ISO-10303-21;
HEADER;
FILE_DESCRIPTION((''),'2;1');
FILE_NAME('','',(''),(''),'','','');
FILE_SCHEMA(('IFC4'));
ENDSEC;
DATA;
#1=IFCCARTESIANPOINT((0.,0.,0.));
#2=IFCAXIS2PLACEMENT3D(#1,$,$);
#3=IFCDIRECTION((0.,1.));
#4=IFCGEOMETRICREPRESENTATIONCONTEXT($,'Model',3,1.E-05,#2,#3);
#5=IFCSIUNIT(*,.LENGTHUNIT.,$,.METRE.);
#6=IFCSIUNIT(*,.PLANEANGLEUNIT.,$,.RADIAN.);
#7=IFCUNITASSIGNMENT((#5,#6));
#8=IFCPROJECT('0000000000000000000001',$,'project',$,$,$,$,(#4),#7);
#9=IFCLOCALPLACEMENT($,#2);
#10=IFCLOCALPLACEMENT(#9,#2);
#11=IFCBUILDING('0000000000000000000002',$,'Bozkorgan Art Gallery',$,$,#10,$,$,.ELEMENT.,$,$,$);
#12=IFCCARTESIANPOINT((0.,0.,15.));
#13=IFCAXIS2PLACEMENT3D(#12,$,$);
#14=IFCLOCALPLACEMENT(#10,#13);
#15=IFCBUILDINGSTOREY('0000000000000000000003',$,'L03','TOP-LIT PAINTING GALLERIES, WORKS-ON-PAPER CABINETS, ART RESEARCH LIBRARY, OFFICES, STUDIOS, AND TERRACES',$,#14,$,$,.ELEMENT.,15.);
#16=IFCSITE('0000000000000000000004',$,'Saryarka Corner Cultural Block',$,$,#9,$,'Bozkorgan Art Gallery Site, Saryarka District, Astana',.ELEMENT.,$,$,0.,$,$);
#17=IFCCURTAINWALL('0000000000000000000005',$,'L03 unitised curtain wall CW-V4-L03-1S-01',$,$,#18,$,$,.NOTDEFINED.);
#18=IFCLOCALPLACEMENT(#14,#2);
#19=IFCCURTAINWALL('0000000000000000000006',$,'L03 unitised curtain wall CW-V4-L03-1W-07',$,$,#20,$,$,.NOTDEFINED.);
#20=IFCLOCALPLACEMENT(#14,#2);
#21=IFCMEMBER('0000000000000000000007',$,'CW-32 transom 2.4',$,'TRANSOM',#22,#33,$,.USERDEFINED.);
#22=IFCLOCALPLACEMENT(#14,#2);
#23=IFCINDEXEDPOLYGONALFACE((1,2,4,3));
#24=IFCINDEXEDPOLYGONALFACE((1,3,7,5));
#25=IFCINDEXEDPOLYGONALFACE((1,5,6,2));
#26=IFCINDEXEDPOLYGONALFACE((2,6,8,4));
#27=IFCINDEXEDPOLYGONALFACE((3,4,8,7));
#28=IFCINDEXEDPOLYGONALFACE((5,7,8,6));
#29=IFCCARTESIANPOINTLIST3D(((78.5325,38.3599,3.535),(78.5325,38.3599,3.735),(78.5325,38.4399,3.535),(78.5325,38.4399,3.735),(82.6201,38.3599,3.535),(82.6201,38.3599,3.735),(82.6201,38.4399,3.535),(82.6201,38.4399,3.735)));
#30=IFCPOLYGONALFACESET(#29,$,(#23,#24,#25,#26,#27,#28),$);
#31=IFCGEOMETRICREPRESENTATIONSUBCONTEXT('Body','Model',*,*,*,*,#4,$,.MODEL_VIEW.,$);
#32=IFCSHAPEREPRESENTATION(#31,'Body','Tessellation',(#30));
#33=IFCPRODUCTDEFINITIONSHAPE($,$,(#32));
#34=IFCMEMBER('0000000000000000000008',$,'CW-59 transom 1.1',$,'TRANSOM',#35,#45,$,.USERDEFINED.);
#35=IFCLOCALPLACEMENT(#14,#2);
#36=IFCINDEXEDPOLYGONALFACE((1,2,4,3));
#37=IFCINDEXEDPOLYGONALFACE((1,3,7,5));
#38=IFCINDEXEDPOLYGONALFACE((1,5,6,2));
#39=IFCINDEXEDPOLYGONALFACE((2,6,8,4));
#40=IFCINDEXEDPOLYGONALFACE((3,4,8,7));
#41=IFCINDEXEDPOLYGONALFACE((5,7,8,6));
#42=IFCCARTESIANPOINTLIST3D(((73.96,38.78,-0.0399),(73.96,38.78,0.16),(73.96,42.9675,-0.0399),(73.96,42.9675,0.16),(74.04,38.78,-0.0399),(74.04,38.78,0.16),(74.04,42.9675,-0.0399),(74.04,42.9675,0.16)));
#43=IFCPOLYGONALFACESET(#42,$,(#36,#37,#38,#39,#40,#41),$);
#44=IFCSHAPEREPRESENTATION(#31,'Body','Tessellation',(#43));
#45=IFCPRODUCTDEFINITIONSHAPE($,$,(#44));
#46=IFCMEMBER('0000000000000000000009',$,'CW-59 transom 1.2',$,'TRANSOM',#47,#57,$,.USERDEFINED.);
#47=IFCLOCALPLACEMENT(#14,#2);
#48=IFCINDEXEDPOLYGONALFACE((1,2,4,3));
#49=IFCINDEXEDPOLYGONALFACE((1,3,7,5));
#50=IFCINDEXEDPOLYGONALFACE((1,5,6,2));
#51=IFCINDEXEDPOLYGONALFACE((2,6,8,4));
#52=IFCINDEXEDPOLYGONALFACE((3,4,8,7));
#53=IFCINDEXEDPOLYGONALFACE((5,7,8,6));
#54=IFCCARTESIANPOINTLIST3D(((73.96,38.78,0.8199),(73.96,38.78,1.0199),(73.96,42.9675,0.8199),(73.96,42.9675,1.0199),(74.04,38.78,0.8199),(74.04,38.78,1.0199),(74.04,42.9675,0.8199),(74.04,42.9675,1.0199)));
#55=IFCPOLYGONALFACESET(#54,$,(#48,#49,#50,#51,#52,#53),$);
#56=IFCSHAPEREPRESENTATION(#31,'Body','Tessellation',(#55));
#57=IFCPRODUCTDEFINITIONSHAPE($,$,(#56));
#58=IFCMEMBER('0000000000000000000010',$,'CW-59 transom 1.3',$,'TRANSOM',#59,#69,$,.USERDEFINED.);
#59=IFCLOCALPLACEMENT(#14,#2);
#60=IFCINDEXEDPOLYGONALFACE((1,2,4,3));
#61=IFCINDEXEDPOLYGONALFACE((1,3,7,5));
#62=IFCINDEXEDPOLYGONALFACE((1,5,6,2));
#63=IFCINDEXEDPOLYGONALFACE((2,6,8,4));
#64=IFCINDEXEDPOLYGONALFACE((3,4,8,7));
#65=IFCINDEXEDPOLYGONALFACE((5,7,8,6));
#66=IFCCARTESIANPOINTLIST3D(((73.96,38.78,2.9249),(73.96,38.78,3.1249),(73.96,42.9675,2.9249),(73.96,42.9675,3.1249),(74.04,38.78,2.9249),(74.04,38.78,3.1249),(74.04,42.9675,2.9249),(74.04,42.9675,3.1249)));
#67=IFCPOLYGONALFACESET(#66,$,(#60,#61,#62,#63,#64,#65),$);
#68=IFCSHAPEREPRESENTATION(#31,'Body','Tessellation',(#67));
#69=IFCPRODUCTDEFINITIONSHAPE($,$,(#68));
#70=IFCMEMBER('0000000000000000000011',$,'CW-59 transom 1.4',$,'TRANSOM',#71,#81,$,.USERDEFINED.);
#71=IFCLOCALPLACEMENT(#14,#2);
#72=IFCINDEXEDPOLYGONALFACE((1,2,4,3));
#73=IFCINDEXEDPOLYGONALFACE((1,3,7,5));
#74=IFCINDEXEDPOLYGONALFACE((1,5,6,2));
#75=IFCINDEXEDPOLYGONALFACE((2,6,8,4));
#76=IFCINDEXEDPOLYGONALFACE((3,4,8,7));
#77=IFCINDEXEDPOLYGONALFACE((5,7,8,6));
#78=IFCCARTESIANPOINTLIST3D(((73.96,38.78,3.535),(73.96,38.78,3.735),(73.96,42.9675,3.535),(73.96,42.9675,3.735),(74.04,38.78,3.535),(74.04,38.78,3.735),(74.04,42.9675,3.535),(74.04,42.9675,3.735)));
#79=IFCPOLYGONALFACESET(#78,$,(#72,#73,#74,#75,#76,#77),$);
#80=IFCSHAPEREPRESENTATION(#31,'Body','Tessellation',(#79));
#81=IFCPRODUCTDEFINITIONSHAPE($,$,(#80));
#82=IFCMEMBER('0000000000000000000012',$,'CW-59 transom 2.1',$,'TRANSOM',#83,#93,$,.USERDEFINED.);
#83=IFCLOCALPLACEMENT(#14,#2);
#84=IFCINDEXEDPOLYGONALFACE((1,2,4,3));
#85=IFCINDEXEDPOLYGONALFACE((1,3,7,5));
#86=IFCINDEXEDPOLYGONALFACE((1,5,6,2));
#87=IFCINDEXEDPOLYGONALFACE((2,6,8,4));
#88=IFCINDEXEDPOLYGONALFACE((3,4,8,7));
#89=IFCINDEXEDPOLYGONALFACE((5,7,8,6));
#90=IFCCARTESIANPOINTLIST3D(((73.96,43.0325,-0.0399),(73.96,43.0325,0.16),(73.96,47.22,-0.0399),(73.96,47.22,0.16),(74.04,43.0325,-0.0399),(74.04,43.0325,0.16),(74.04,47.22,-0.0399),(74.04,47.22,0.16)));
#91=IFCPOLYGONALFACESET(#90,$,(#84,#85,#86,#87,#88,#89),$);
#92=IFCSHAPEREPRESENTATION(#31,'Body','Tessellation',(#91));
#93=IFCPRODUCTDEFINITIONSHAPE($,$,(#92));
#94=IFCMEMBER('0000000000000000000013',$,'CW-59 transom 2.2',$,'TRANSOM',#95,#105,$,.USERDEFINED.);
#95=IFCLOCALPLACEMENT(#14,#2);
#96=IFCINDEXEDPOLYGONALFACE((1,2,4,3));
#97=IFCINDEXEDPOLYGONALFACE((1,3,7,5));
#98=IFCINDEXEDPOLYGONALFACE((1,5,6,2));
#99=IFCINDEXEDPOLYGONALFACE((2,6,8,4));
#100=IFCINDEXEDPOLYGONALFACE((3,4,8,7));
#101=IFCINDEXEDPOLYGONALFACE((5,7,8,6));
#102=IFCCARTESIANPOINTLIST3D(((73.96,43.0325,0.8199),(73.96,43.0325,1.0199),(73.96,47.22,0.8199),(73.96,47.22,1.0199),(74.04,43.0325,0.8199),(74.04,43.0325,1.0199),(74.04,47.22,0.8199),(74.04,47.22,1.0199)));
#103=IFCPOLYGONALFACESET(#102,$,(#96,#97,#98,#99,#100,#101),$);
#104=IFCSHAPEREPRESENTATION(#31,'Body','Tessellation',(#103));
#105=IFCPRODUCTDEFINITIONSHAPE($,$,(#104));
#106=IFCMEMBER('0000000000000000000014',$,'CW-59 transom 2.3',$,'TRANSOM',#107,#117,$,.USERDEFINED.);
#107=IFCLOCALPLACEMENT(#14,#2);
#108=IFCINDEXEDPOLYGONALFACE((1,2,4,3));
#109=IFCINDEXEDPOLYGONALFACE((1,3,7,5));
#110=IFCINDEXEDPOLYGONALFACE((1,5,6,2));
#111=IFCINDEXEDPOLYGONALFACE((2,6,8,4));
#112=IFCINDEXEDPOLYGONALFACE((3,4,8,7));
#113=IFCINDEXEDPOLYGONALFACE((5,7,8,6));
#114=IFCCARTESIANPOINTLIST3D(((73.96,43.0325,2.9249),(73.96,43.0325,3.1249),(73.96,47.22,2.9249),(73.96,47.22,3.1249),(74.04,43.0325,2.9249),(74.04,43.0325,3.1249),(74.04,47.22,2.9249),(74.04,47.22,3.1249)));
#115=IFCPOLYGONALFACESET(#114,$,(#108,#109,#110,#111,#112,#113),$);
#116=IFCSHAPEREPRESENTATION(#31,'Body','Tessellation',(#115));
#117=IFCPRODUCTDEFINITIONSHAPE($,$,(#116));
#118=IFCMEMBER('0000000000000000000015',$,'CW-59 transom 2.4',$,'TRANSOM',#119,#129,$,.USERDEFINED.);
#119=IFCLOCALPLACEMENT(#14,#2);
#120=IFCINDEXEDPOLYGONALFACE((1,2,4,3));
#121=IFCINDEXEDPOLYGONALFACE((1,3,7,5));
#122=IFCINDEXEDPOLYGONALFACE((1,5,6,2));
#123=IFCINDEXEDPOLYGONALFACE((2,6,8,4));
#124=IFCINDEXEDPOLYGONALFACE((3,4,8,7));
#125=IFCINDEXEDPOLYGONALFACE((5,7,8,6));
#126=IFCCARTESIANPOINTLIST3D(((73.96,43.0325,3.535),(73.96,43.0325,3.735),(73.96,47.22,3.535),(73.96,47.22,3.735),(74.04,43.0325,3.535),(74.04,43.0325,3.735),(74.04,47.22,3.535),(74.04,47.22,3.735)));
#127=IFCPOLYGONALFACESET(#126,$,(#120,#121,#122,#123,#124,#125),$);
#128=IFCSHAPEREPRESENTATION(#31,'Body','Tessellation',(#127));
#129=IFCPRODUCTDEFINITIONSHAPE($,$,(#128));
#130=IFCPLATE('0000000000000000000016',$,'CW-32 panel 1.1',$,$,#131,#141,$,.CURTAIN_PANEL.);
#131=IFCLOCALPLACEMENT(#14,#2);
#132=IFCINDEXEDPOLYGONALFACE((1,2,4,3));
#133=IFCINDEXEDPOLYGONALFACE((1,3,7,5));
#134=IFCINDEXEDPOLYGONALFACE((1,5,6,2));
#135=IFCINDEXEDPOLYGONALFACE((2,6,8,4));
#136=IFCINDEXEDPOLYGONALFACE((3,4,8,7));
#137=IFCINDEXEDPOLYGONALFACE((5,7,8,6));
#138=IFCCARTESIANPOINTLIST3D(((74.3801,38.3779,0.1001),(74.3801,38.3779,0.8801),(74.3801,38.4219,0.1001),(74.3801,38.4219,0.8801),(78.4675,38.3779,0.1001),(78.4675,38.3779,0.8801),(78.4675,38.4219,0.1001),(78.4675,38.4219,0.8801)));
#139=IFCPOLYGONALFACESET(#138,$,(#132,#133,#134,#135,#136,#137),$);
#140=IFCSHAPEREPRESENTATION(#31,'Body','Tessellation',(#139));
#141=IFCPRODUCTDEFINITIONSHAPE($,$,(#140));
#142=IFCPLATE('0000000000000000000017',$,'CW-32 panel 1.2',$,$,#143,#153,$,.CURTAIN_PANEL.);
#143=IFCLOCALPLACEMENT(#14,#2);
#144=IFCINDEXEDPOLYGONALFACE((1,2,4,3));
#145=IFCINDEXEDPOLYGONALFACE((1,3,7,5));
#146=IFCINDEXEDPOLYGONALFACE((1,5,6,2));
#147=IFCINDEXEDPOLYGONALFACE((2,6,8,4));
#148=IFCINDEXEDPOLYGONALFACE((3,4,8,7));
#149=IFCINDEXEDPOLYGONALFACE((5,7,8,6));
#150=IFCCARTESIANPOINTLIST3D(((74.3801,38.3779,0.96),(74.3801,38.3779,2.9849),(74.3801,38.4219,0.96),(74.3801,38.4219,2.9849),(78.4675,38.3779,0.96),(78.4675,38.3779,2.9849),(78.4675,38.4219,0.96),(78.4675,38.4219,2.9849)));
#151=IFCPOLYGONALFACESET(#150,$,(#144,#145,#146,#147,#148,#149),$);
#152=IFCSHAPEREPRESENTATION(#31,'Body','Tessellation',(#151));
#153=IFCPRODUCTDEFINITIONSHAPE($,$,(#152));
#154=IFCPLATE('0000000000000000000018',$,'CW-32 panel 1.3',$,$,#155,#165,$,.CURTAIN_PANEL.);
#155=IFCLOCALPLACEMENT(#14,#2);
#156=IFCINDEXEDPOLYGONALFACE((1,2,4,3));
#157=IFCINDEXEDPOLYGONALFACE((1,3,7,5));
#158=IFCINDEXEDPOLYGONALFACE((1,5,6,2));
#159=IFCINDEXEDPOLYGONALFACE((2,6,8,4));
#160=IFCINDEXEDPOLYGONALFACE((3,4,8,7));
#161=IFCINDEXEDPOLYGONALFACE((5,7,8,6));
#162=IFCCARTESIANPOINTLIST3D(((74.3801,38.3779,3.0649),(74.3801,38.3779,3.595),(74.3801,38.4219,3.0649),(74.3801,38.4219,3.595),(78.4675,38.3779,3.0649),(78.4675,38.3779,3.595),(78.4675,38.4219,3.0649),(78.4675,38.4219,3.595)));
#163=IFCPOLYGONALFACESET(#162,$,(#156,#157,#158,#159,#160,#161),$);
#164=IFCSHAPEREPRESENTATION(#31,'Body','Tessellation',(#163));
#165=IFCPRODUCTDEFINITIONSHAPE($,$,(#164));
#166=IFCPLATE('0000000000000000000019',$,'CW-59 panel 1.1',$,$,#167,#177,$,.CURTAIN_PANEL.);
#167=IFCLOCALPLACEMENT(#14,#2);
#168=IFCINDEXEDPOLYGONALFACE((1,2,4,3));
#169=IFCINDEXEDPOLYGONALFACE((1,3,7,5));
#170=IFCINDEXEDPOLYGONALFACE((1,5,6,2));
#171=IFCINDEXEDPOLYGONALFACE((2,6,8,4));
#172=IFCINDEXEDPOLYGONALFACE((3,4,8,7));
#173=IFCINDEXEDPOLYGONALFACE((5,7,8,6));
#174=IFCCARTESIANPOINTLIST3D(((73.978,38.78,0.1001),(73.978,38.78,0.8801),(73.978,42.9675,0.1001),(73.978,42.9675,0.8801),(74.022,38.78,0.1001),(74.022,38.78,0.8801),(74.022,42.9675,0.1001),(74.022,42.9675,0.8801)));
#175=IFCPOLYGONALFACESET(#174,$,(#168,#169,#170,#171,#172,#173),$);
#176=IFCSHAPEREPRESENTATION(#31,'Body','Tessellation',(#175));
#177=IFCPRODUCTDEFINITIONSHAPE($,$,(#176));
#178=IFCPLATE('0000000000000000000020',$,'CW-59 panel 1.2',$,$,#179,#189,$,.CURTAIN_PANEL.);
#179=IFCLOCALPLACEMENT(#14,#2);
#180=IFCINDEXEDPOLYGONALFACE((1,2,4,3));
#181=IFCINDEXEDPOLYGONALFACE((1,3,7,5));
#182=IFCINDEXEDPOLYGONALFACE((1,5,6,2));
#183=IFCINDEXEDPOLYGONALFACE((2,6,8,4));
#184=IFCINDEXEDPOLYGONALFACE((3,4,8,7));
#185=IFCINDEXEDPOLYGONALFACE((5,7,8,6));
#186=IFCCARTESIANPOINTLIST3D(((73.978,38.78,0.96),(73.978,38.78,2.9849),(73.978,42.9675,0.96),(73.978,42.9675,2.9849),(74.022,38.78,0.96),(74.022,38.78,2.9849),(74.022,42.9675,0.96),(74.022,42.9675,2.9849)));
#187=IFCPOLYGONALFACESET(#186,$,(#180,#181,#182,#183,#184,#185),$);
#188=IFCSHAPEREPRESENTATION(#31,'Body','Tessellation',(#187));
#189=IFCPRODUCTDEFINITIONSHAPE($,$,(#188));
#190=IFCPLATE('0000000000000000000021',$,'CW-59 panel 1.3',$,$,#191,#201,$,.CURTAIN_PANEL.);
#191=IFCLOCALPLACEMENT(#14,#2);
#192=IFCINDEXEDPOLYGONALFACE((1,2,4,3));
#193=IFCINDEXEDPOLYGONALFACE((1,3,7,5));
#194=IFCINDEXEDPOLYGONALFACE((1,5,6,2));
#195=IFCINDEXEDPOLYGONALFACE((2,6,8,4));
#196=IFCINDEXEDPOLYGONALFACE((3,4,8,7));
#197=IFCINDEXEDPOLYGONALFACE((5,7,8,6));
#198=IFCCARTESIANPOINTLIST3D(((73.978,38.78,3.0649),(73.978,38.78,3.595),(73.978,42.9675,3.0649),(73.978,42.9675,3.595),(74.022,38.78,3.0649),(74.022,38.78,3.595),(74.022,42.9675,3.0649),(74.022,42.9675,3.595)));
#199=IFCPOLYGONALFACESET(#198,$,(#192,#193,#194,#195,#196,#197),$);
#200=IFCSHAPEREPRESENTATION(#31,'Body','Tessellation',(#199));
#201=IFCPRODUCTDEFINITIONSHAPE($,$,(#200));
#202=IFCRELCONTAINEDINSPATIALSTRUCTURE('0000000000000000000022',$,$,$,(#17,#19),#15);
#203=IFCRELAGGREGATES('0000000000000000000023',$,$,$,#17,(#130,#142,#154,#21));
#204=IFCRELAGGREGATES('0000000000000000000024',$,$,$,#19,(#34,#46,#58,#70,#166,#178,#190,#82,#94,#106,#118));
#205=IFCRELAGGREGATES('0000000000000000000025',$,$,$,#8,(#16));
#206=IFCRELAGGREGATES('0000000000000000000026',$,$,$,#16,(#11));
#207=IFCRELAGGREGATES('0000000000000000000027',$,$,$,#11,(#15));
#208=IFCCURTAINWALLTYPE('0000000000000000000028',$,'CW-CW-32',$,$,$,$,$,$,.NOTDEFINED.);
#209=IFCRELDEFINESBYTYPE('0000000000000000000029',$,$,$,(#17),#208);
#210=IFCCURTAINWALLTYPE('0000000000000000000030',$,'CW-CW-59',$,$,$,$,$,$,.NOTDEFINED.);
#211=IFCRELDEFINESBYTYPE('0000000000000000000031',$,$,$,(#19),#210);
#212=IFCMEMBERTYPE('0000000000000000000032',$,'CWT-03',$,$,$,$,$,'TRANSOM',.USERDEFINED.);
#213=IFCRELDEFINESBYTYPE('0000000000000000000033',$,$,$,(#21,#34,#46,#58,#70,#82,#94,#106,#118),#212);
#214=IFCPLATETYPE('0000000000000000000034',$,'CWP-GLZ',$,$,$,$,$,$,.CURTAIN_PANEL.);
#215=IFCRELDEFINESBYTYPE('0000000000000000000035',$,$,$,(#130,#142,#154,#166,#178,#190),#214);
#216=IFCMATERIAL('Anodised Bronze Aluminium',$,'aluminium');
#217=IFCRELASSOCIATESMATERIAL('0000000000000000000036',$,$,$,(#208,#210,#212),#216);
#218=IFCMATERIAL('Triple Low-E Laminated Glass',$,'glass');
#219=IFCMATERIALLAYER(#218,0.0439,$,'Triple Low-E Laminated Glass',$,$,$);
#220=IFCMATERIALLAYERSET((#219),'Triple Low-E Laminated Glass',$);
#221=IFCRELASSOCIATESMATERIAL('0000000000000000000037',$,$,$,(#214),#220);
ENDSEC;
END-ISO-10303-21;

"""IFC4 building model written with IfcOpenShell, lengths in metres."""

from ifc_helpers import new_model, si_unit, direction, frame, origin, origin_2d, place, context, subcontext, project, spatial, rectangle, extrude, material, layer, layer_set, material_profile, profile_set, type_object, element, aggregate, save


model = new_model("IFC4")

# Units and contexts
model_context = context("Model", 3, precision=1e-05, world=origin(), true_north=direction((0.0, 1.0)))
body_context = subcontext(model_context, "Body", "Model", "MODEL_VIEW")
ifc_project = project(units=[si_unit("LENGTHUNIT", "METRE"), si_unit("PLANEANGLEUNIT", "RADIAN")], contexts=[model_context])

# Site, building, storey
site_placement = place(None, origin())
site = spatial("IfcSite", under=ifc_project, at=site_placement, Name="Saryarka Corner Cultural Block", LongName="Bozkorgan Art Gallery Site, Saryarka District, Astana", CompositionType="ELEMENT", RefElevation=0.0)
building_placement = place(site_placement, origin())
building = spatial("IfcBuilding", under=site, at=building_placement, Name="Bozkorgan Art Gallery", CompositionType="ELEMENT")
storey_placement = place(building_placement, frame((0.0, 0.0, 15.0)))
storey = spatial("IfcBuildingStorey", under=building, at=storey_placement, Name="L03", Description="TOP-LIT PAINTING GALLERIES, WORKS-ON-PAPER CABINETS, ART RESEARCH LIBRARY, OFFICES, STUDIOS, AND TERRACES", CompositionType="ELEMENT", Elevation=15.0)

# Curtain wall
ifc_material_1 = material(Name="Anodised Bronze Aluminium", Category="aluminium")
curtain_wall_type_1 = type_object("IfcCurtainWallType", Name="CW-CW-32", PredefinedType="NOTDEFINED", material=ifc_material_1)
curtain_wall_1_placement = place(storey_placement, origin())
curtain_wall_1 = element("IfcCurtainWall", 1, at=curtain_wall_1_placement, inside=storey, type_object=curtain_wall_type_1, Name="L03 unitised curtain wall CW-V4-L03-1S-01", PredefinedType="NOTDEFINED")

# Curtain wall
curtain_wall_type_2 = type_object("IfcCurtainWallType", Name="CW-CW-59", PredefinedType="NOTDEFINED", material=ifc_material_1)
curtain_wall_2_placement = place(storey_placement, origin())
curtain_wall_2 = element("IfcCurtainWall", 2, at=curtain_wall_2_placement, inside=storey, type_object=curtain_wall_type_2, Name="L03 unitised curtain wall CW-V4-L03-1W-07", PredefinedType="NOTDEFINED")

# Members
ifc_material_profile_1 = material_profile(ifc_material_1, rectangle(XDim=0.0801, YDim=0.2, at=origin_2d()), Name="ALU TRANSOM 80x200")
ifc_profile_set_1 = profile_set([ifc_material_profile_1], Name="Anodised Bronze Aluminium")
member_type_1 = type_object("IfcMemberType", Name="CWT-03", ElementType="TRANSOM", PredefinedType="USERDEFINED", material=ifc_profile_set_1)
member_1_placement = place(storey_placement, frame((78.5325, 38.3999, 3.635), z_axis=(1.0, 0.0, 0.0), x_axis=(0.0, 1.0, 0.0)))
member_1 = element("IfcMember", 3, at=member_1_placement, type_object=member_type_1, Name="CW-32 transom 2.4", ObjectType="TRANSOM", PredefinedType="USERDEFINED", context=body_context, shape_type="SweptSolid", body=[
    extrude(rectangle(XDim=0.0801, YDim=0.2, at=origin_2d()), origin(), (0.0, 0.0, 1.0), 4.0876),
])
member_2_placement = place(storey_placement, frame((74.0, 38.78, 0.0601), z_axis=(0.0, 1.0, 0.0), x_axis=(-1.0, 0.0, 0.0)))
member_2 = element("IfcMember", 4, at=member_2_placement, type_object=member_type_1, Name="CW-59 transom 1.1", ObjectType="TRANSOM", PredefinedType="USERDEFINED", context=body_context, shape_type="SweptSolid", body=[
    extrude(rectangle(XDim=0.0801, YDim=0.2, at=origin_2d()), origin(), (0.0, 0.0, 1.0), 4.1875),
])
member_3_placement = place(storey_placement, frame((74.0, 38.78, 0.9199), z_axis=(0.0, 1.0, 0.0), x_axis=(-1.0, 0.0, 0.0)))
member_3 = element("IfcMember", 5, at=member_3_placement, type_object=member_type_1, Name="CW-59 transom 1.2", ObjectType="TRANSOM", PredefinedType="USERDEFINED", context=body_context, shape_type="SweptSolid", body=[
    extrude(rectangle(XDim=0.0801, YDim=0.2, at=origin_2d()), origin(), (0.0, 0.0, 1.0), 4.1875),
])
member_4_placement = place(storey_placement, frame((74.0, 38.78, 3.0249), z_axis=(0.0, 1.0, 0.0), x_axis=(-1.0, 0.0, 0.0)))
member_4 = element("IfcMember", 6, at=member_4_placement, type_object=member_type_1, Name="CW-59 transom 1.3", ObjectType="TRANSOM", PredefinedType="USERDEFINED", context=body_context, shape_type="SweptSolid", body=[
    extrude(rectangle(XDim=0.0801, YDim=0.2, at=origin_2d()), origin(), (0.0, 0.0, 1.0), 4.1875),
])
member_5_placement = place(storey_placement, frame((74.0, 38.78, 3.635), z_axis=(0.0, 1.0, 0.0), x_axis=(-1.0, 0.0, 0.0)))
member_5 = element("IfcMember", 7, at=member_5_placement, type_object=member_type_1, Name="CW-59 transom 1.4", ObjectType="TRANSOM", PredefinedType="USERDEFINED", context=body_context, shape_type="SweptSolid", body=[
    extrude(rectangle(XDim=0.0801, YDim=0.2, at=origin_2d()), origin(), (0.0, 0.0, 1.0), 4.1875),
])
member_6_placement = place(storey_placement, frame((74.0, 43.0325, 0.0601), z_axis=(0.0, 1.0, 0.0), x_axis=(-1.0, 0.0, 0.0)))
member_6 = element("IfcMember", 8, at=member_6_placement, type_object=member_type_1, Name="CW-59 transom 2.1", ObjectType="TRANSOM", PredefinedType="USERDEFINED", context=body_context, shape_type="SweptSolid", body=[
    extrude(rectangle(XDim=0.0801, YDim=0.2, at=origin_2d()), origin(), (0.0, 0.0, 1.0), 4.1875),
])
member_7_placement = place(storey_placement, frame((74.0, 43.0325, 0.9199), z_axis=(0.0, 1.0, 0.0), x_axis=(-1.0, 0.0, 0.0)))
member_7 = element("IfcMember", 9, at=member_7_placement, type_object=member_type_1, Name="CW-59 transom 2.2", ObjectType="TRANSOM", PredefinedType="USERDEFINED", context=body_context, shape_type="SweptSolid", body=[
    extrude(rectangle(XDim=0.0801, YDim=0.2, at=origin_2d()), origin(), (0.0, 0.0, 1.0), 4.1875),
])
member_8_placement = place(storey_placement, frame((74.0, 43.0325, 3.0249), z_axis=(0.0, 1.0, 0.0), x_axis=(-1.0, 0.0, 0.0)))
member_8 = element("IfcMember", 10, at=member_8_placement, type_object=member_type_1, Name="CW-59 transom 2.3", ObjectType="TRANSOM", PredefinedType="USERDEFINED", context=body_context, shape_type="SweptSolid", body=[
    extrude(rectangle(XDim=0.0801, YDim=0.2, at=origin_2d()), origin(), (0.0, 0.0, 1.0), 4.1875),
])
member_9_placement = place(storey_placement, frame((74.0, 43.0325, 3.635), z_axis=(0.0, 1.0, 0.0), x_axis=(-1.0, 0.0, 0.0)))
member_9 = element("IfcMember", 11, at=member_9_placement, type_object=member_type_1, Name="CW-59 transom 2.4", ObjectType="TRANSOM", PredefinedType="USERDEFINED", context=body_context, shape_type="SweptSolid", body=[
    extrude(rectangle(XDim=0.0801, YDim=0.2, at=origin_2d()), origin(), (0.0, 0.0, 1.0), 4.1875),
])

# Plates
ifc_material_2 = material(Name="Triple Low-E Laminated Glass", Category="glass")
ifc_layer = layer(ifc_material_2, 0.0439, Name="Triple Low-E Laminated Glass")
ifc_layer_set = layer_set([ifc_layer], Name="Triple Low-E Laminated Glass")
plate_type = type_object("IfcPlateType", Name="CWP-GLZ", PredefinedType="CURTAIN_PANEL", material=ifc_layer_set)
plate_1_placement = place(storey_placement, frame((76.4238, 38.3999, 0.1001), z_axis=(0.0, 0.0, 1.0), x_axis=(1.0, 0.0, 0.0)))
plate_1 = element("IfcPlate", 12, at=plate_1_placement, type_object=plate_type, Name="CW-32 panel 1.1", PredefinedType="CURTAIN_PANEL", context=body_context, shape_type="SweptSolid", body=[
    extrude(rectangle(XDim=4.0874, YDim=0.0439, at=origin_2d()), origin(), (0.0, 0.0, 1.0), 0.78),
])
plate_2_placement = place(storey_placement, frame((76.4238, 38.3999, 0.96), z_axis=(0.0, 0.0, 1.0), x_axis=(1.0, 0.0, 0.0)))
plate_2 = element("IfcPlate", 13, at=plate_2_placement, type_object=plate_type, Name="CW-32 panel 1.2", PredefinedType="CURTAIN_PANEL", context=body_context, shape_type="SweptSolid", body=[
    extrude(rectangle(XDim=4.0874, YDim=0.0439, at=origin_2d()), origin(), (0.0, 0.0, 1.0), 2.0249),
])
plate_3_placement = place(storey_placement, frame((76.4238, 38.3999, 3.0649), z_axis=(0.0, 0.0, 1.0), x_axis=(1.0, 0.0, 0.0)))
plate_3 = element("IfcPlate", 14, at=plate_3_placement, type_object=plate_type, Name="CW-32 panel 1.3", PredefinedType="CURTAIN_PANEL", context=body_context, shape_type="SweptSolid", body=[
    extrude(rectangle(XDim=4.0874, YDim=0.0439, at=origin_2d()), origin(), (0.0, 0.0, 1.0), 0.53),
])
aggregate(curtain_wall_1, [plate_1, plate_2, plate_3, member_1])
plate_4_placement = place(storey_placement, frame((74.0, 40.8738, 0.1001), z_axis=(0.0, 0.0, 1.0), x_axis=(0.0, 1.0, 0.0)))
plate_4 = element("IfcPlate", 15, at=plate_4_placement, type_object=plate_type, Name="CW-59 panel 1.1", PredefinedType="CURTAIN_PANEL", context=body_context, shape_type="SweptSolid", body=[
    extrude(rectangle(XDim=4.1875, YDim=0.0439, at=origin_2d()), origin(), (0.0, 0.0, 1.0), 0.78),
])
plate_5_placement = place(storey_placement, frame((74.0, 40.8738, 0.96), z_axis=(0.0, 0.0, 1.0), x_axis=(0.0, 1.0, 0.0)))
plate_5 = element("IfcPlate", 16, at=plate_5_placement, type_object=plate_type, Name="CW-59 panel 1.2", PredefinedType="CURTAIN_PANEL", context=body_context, shape_type="SweptSolid", body=[
    extrude(rectangle(XDim=4.1875, YDim=0.0439, at=origin_2d()), origin(), (0.0, 0.0, 1.0), 2.0249),
])
plate_6_placement = place(storey_placement, frame((74.0, 40.8738, 3.0649), z_axis=(0.0, 0.0, 1.0), x_axis=(0.0, 1.0, 0.0)))
plate_6 = element("IfcPlate", 17, at=plate_6_placement, type_object=plate_type, Name="CW-59 panel 1.3", PredefinedType="CURTAIN_PANEL", context=body_context, shape_type="SweptSolid", body=[
    extrude(rectangle(XDim=4.1875, YDim=0.0439, at=origin_2d()), origin(), (0.0, 0.0, 1.0), 0.53),
])
aggregate(curtain_wall_2, [member_2, member_3, member_4, member_5, plate_4, plate_5, plate_6, member_6, member_7, member_8, member_9])

save(model, "model.ifc")
